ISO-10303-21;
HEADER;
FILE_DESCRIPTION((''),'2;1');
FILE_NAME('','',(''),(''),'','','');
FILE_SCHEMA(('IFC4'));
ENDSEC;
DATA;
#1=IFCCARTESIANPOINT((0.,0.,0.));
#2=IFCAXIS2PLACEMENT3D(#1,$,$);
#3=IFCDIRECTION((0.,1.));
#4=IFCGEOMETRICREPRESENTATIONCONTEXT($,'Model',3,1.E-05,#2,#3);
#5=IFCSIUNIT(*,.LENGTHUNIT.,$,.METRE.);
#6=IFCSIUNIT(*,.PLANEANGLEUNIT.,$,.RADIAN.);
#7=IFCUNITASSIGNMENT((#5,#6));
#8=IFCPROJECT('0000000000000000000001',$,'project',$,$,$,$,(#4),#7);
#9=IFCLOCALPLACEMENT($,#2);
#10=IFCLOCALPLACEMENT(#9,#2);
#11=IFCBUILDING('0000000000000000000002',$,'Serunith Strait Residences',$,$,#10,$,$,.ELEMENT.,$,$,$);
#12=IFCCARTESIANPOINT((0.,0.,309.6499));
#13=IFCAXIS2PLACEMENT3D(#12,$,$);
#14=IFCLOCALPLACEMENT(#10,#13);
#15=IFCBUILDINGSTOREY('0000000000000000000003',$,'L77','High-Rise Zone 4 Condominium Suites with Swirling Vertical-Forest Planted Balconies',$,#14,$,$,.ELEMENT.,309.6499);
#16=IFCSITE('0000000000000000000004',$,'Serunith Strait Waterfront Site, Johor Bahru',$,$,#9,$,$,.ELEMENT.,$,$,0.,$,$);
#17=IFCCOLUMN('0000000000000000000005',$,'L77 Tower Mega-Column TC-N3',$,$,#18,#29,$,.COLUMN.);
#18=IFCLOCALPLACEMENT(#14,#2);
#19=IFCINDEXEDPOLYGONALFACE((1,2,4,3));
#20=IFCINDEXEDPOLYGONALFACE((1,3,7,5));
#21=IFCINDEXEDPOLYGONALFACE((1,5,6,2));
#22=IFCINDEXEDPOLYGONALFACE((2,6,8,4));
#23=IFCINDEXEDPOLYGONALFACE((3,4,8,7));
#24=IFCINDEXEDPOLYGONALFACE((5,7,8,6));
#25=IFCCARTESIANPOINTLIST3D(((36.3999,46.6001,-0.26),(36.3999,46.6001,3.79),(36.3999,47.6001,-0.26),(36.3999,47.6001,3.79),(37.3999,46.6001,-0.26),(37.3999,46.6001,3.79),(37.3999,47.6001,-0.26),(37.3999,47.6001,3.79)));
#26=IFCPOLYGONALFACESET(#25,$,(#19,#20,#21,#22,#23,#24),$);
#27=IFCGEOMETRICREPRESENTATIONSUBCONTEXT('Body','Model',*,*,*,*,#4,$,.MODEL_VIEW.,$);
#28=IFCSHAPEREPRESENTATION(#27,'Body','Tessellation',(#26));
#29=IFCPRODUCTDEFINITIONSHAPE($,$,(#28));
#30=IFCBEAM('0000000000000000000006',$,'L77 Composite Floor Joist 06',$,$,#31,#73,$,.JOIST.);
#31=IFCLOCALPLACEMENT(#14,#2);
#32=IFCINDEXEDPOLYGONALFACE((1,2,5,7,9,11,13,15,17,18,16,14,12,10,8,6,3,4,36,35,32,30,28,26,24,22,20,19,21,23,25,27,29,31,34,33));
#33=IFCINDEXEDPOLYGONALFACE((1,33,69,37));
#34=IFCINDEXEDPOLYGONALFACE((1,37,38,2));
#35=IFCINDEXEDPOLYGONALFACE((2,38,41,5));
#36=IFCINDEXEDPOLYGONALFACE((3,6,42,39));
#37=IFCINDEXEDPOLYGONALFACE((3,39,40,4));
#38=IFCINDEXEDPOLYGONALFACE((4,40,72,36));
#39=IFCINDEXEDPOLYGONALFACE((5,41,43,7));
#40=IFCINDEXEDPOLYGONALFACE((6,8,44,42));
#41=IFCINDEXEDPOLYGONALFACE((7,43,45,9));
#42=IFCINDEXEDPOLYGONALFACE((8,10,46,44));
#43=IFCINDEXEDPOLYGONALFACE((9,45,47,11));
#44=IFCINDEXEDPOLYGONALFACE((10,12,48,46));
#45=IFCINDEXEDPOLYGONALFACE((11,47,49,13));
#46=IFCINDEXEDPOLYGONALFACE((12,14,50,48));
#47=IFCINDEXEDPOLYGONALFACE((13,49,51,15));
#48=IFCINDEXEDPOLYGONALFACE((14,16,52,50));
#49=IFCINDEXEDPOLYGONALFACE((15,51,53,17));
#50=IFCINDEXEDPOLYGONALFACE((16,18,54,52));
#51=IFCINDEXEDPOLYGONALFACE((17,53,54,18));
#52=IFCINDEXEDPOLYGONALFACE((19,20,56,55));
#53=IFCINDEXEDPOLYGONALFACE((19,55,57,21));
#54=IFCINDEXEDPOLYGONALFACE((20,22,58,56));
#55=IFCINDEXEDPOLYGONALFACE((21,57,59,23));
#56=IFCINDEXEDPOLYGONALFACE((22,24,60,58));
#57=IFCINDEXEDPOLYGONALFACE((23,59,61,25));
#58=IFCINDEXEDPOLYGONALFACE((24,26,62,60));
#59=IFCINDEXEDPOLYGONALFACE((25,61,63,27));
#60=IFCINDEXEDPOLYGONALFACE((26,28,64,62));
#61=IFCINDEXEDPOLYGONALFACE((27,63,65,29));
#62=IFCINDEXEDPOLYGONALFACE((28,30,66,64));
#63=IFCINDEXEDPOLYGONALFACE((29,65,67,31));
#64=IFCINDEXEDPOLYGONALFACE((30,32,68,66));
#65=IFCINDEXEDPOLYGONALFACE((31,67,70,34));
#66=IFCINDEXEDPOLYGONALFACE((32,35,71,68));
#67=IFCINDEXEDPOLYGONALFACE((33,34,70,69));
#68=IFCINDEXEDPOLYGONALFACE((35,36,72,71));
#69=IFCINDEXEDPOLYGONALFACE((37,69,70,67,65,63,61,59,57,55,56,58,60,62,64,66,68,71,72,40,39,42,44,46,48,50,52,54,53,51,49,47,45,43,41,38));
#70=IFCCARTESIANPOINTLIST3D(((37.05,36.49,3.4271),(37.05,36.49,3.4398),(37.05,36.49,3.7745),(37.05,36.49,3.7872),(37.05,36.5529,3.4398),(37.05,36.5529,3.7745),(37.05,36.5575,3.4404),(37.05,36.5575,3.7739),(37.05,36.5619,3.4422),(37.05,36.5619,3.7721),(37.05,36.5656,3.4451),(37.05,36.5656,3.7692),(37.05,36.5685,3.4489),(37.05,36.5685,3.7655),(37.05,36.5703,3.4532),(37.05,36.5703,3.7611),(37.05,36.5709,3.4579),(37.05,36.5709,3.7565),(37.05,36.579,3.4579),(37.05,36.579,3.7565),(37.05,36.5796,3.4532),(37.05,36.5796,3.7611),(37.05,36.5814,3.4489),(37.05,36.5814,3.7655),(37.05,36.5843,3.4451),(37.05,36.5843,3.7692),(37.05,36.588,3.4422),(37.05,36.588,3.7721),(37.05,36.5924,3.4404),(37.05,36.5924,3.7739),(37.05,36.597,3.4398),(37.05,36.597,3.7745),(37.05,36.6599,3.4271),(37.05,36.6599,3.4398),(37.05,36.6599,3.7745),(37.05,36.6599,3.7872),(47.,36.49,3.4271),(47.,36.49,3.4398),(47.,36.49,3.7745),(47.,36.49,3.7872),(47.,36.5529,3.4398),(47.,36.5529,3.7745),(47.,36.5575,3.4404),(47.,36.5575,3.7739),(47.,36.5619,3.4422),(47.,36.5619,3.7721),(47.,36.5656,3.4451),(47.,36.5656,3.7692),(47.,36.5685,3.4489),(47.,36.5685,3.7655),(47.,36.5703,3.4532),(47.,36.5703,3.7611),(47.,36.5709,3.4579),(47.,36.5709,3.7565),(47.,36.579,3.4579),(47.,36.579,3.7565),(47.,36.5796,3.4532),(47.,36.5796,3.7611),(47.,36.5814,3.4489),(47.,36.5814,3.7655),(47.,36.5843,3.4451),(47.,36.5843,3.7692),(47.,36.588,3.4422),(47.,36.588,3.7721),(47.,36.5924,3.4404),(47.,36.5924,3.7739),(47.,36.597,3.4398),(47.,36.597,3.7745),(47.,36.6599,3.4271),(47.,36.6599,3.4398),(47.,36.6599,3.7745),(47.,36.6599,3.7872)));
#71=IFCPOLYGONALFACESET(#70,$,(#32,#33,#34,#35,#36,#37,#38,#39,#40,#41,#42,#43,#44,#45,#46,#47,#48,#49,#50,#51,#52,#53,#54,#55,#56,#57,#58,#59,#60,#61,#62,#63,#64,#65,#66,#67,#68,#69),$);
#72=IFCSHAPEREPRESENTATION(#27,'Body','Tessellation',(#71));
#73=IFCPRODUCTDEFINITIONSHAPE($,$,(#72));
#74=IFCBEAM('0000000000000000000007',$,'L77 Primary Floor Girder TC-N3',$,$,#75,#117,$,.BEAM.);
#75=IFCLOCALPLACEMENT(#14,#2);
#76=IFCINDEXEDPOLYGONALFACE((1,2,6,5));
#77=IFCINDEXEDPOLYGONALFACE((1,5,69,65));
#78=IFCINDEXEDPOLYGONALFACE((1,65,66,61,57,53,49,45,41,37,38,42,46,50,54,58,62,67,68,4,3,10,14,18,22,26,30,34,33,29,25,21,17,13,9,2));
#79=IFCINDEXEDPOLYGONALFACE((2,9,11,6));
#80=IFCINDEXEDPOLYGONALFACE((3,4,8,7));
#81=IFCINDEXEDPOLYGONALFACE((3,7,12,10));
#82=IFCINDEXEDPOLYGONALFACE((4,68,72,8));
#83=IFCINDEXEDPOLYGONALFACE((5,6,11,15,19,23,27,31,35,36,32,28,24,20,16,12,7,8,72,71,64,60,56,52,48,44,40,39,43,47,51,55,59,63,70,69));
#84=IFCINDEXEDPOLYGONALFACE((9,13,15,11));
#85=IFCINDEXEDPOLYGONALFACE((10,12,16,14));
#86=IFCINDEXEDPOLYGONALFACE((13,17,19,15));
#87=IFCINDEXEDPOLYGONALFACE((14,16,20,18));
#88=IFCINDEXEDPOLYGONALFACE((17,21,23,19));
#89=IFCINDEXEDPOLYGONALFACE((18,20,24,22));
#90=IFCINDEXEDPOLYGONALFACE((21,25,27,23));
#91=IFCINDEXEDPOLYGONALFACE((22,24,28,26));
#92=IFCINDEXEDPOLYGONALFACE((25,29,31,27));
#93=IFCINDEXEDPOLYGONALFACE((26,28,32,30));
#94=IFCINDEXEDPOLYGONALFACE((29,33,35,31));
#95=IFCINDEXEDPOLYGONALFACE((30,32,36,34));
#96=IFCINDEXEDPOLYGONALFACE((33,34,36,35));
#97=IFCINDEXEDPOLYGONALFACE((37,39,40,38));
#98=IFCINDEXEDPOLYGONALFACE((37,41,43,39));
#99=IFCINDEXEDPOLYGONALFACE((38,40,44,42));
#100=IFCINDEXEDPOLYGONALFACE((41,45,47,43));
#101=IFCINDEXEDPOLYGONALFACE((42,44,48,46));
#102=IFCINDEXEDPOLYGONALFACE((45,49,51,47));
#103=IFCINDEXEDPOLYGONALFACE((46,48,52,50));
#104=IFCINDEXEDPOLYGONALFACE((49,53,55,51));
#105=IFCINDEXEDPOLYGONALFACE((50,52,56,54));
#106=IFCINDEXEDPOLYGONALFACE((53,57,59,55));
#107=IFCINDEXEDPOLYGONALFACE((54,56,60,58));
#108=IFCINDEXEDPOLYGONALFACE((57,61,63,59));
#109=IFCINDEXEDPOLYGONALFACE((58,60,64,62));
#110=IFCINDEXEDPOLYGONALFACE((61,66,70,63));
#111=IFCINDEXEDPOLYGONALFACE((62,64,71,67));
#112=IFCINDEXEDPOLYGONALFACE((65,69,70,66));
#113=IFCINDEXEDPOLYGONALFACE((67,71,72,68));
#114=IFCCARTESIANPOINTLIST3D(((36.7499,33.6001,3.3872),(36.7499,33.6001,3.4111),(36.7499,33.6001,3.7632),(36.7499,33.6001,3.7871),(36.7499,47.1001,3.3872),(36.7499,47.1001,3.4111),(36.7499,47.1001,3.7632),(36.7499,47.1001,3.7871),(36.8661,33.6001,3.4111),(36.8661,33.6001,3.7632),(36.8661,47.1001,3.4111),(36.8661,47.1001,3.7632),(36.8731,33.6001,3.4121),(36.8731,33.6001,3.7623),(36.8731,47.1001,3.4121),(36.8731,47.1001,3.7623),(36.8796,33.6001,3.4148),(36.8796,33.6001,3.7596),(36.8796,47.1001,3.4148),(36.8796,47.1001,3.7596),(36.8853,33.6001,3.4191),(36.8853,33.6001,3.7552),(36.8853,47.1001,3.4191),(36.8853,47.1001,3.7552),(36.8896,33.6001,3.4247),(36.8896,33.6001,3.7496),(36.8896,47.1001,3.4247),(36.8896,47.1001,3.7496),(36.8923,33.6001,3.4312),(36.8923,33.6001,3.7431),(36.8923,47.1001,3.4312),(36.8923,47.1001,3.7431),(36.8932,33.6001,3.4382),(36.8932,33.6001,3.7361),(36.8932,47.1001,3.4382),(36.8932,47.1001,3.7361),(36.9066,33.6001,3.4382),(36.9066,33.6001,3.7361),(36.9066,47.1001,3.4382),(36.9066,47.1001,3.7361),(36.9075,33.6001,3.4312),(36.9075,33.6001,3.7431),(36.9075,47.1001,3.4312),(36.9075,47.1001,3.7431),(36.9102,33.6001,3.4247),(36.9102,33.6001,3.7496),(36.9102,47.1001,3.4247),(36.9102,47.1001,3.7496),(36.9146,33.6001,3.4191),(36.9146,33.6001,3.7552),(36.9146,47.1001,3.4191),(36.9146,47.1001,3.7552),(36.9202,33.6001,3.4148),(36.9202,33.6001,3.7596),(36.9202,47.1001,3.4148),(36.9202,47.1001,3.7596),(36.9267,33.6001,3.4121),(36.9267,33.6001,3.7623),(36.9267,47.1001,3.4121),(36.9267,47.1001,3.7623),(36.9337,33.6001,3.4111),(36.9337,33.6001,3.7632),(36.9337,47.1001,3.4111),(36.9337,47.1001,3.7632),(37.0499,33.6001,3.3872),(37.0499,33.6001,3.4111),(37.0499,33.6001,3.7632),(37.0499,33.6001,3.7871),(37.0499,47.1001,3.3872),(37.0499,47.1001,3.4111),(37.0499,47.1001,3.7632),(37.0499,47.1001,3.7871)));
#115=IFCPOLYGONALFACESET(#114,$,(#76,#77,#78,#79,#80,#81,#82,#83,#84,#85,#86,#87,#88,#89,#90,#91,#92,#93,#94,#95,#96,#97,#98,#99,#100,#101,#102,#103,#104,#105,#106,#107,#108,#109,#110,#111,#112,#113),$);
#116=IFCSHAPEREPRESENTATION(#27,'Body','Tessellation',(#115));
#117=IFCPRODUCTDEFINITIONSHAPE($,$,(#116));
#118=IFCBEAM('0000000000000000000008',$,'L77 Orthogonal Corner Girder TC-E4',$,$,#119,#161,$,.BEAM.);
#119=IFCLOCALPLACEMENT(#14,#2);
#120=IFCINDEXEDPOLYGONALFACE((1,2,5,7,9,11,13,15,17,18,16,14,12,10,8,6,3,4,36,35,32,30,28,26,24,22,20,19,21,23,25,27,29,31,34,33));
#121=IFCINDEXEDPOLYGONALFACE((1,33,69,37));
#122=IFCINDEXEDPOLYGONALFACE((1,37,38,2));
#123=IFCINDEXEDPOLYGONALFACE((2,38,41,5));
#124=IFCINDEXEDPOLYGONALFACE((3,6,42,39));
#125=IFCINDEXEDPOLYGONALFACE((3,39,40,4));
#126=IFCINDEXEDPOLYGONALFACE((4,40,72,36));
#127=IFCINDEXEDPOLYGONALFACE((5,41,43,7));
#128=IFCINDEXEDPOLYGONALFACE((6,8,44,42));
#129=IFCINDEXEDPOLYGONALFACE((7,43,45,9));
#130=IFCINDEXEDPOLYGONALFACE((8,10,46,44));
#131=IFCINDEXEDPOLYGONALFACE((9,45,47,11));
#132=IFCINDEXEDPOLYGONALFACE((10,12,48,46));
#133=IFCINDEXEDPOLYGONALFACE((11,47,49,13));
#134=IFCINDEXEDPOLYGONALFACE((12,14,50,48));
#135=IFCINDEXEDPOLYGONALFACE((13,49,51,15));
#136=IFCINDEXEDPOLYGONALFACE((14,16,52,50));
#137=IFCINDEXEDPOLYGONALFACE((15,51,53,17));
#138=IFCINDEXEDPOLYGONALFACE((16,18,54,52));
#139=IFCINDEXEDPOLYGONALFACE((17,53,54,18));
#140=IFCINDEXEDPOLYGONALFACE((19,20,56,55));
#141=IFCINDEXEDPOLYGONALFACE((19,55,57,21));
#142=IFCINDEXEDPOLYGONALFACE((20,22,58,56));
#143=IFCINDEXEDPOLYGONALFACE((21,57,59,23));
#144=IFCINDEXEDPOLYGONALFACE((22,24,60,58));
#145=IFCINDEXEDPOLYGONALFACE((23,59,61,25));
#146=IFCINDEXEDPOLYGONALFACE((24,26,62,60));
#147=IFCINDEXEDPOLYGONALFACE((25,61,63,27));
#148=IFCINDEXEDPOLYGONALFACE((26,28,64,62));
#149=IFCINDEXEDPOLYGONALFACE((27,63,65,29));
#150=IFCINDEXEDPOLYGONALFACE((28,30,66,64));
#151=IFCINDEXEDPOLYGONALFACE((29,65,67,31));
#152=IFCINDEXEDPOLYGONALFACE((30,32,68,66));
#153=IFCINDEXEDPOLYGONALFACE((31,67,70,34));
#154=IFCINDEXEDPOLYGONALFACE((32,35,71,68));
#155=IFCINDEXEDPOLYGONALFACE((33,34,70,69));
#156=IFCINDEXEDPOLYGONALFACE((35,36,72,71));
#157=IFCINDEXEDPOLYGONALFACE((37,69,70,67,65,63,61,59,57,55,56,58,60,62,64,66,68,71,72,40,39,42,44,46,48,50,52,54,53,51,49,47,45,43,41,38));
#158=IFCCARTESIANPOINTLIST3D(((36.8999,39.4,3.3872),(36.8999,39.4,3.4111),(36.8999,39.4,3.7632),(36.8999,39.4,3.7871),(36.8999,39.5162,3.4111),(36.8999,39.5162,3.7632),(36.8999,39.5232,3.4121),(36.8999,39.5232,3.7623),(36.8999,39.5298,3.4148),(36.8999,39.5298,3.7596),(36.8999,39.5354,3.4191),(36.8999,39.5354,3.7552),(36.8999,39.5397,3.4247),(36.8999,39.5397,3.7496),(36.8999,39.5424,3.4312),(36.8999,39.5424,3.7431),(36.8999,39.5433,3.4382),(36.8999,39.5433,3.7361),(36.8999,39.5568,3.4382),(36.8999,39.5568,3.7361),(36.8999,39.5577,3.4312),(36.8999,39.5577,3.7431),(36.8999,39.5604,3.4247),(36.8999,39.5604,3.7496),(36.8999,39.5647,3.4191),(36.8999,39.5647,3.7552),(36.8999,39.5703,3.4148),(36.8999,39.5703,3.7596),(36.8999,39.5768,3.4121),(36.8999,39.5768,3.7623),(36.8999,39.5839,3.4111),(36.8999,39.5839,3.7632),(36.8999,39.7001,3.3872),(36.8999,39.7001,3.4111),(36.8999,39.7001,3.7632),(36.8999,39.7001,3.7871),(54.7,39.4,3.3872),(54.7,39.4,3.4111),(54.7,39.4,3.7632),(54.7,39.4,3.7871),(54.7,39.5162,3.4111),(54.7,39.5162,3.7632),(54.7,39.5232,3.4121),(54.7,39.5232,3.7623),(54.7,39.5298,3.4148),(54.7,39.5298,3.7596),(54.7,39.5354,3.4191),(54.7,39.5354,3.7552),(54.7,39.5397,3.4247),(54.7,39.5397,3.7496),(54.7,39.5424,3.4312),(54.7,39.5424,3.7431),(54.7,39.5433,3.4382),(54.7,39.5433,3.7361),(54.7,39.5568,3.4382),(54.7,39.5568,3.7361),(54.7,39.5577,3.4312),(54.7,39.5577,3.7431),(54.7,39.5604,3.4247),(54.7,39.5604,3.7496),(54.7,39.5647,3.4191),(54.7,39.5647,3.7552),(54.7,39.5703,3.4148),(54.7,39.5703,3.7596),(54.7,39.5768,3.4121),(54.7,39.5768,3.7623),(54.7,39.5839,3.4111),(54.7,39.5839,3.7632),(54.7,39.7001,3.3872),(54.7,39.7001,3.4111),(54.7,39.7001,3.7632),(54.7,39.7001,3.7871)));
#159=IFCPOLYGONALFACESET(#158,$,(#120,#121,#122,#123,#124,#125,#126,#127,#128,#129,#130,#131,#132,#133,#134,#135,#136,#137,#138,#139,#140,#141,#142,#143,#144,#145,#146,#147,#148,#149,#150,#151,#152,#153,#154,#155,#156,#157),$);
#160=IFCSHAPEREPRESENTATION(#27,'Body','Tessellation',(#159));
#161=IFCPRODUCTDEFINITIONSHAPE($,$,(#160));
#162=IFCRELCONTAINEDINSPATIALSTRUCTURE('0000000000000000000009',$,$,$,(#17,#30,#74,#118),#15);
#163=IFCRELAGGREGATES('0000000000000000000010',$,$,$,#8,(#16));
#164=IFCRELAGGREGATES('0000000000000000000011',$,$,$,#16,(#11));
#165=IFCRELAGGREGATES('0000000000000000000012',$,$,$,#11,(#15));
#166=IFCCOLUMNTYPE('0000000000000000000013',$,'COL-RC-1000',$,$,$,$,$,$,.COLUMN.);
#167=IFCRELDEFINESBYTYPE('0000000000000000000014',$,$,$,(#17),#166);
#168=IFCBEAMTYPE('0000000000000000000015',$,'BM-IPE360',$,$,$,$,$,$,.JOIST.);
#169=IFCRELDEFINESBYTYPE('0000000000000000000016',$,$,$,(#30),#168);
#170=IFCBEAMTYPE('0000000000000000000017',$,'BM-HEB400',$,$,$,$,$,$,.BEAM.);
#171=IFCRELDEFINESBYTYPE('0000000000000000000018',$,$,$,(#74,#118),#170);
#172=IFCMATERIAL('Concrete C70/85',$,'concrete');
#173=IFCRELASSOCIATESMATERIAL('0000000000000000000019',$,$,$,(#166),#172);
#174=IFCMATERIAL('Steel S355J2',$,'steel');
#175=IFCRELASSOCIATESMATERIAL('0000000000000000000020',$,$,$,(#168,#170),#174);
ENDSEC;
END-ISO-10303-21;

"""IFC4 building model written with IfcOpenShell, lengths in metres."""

from ifc_helpers import new_model, si_unit, direction, frame, origin, origin_2d, place, context, subcontext, project, spatial, rectangle, i_section, extrude, source, transform, mapped, material, material_profile, profile_set, type_object, element, save


model = new_model("IFC4")

# Units and contexts
model_context = context("Model", 3, precision=1e-05, world=origin(), true_north=direction((0.0, 1.0)))
body_context = subcontext(model_context, "Body", "Model", "MODEL_VIEW")
ifc_project = project(units=[si_unit("LENGTHUNIT", "METRE"), si_unit("PLANEANGLEUNIT", "RADIAN")], contexts=[model_context])

# Site, building, storey
site_placement = place(None, origin())
site = spatial("IfcSite", under=ifc_project, at=site_placement, Name="Serunith Strait Waterfront Site, Johor Bahru", CompositionType="ELEMENT", RefElevation=0.0)
building_placement = place(site_placement, origin())
building = spatial("IfcBuilding", under=site, at=building_placement, Name="Serunith Strait Residences", CompositionType="ELEMENT")
storey_placement = place(building_placement, frame((0.0, 0.0, 309.6499)))
storey = spatial("IfcBuildingStorey", under=building, at=storey_placement, Name="L77", Description="High-Rise Zone 4 Condominium Suites with Swirling Vertical-Forest Planted Balconies", CompositionType="ELEMENT", Elevation=309.6499)

# Column
ifc_material_1 = material(Name="Concrete C70/85", Category="concrete")
ifc_material_profile_1 = material_profile(ifc_material_1, rectangle(XDim=1.0, YDim=1.0, at=origin_2d()), Name="RC 1000x1000")
ifc_profile_set_1 = profile_set([ifc_material_profile_1], Name="Concrete C70/85")
column_type = type_object("IfcColumnType", Name="COL-RC-1000", PredefinedType="COLUMN", material=ifc_profile_set_1)
shared_shape_1 = source(origin(), body_context, "Body", "SweptSolid", [
    extrude(rectangle(XDim=1.0, YDim=1.0, at=origin_2d()), origin(), (0.0, 0.0, 1.0), 4.05),
])
column_placement = place(storey_placement, frame((36.8999, 47.1001, -0.26), z_axis=(0.0, 0.0, 1.0), x_axis=(1.0, 0.0, 0.0)))
element("IfcColumn", 1, at=column_placement, inside=storey, type_object=column_type, Name="L77 Tower Mega-Column TC-N3", PredefinedType="COLUMN", context=body_context, shape_type="MappedRepresentation", body=[
    mapped(shared_shape_1, transform((0.0, 0.0, 0.0), scale=1.0)),
])

# Beams
ifc_material_2 = material(Name="Steel S355J2", Category="steel")
ifc_material_profile_2 = material_profile(ifc_material_2, i_section(OverallWidth=0.1699, OverallDepth=0.3601, WebThickness=0.0081, FlangeThickness=0.0127, FilletRadius=0.0181, at=origin_2d()), Name="IPE 360")
ifc_profile_set_2 = profile_set([ifc_material_profile_2], Name="Steel S355J2")
beam_type_1 = type_object("IfcBeamType", Name="BM-IPE360", PredefinedType="JOIST", material=ifc_profile_set_2)
shared_shape_2 = source(origin(), body_context, "Body", "SweptSolid", [
    extrude(i_section(OverallWidth=0.1699, OverallDepth=0.3601, WebThickness=0.0081, FlangeThickness=0.0127, FilletRadius=0.0181, at=origin_2d()), origin(), (0.0, 0.0, 1.0), 9.95),
])
beam_1_placement = place(storey_placement, frame((37.05, 36.575, 3.6072), z_axis=(1.0, 0.0, 0.0), x_axis=(0.0, 1.0, 0.0)))
element("IfcBeam", 2, at=beam_1_placement, inside=storey, type_object=beam_type_1, Name="L77 Composite Floor Joist 06", PredefinedType="JOIST", context=body_context, shape_type="MappedRepresentation", body=[
    mapped(shared_shape_2, transform((0.0, 0.0, 0.0), scale=1.0)),
])
ifc_material_profile_3 = material_profile(ifc_material_2, i_section(OverallWidth=0.3, OverallDepth=0.3999, WebThickness=0.0134, FlangeThickness=0.0239, FilletRadius=0.0271, at=origin_2d()), Name="HEB 400")
ifc_profile_set_3 = profile_set([ifc_material_profile_3], Name="Steel S355J2")
beam_type_2 = type_object("IfcBeamType", Name="BM-HEB400", PredefinedType="BEAM", material=ifc_profile_set_3)
shared_shape_3 = source(origin(), body_context, "Body", "SweptSolid", [
    extrude(i_section(OverallWidth=0.3, OverallDepth=0.3999, WebThickness=0.0134, FlangeThickness=0.0239, FilletRadius=0.0271, at=origin_2d()), origin(), (0.0, 0.0, 1.0), 13.5),
])
beam_2_placement = place(storey_placement, frame((36.8999, 33.6001, 3.5872), z_axis=(0.0, 1.0, 0.0), x_axis=(-1.0, 0.0, 0.0)))
element("IfcBeam", 3, at=beam_2_placement, inside=storey, type_object=beam_type_2, Name="L77 Primary Floor Girder TC-N3", PredefinedType="BEAM", context=body_context, shape_type="MappedRepresentation", body=[
    mapped(shared_shape_3, transform((0.0, 0.0, 0.0), scale=1.0)),
])
shared_shape_4 = source(origin(), body_context, "Body", "SweptSolid", [
    extrude(i_section(OverallWidth=0.3, OverallDepth=0.3999, WebThickness=0.0134, FlangeThickness=0.0239, FilletRadius=0.0271, at=origin_2d()), origin(), (0.0, 0.0, 1.0), 17.8),
])
beam_3_placement = place(storey_placement, frame((36.8999, 39.55, 3.5872), z_axis=(1.0, 0.0, 0.0), x_axis=(0.0, 1.0, 0.0)))
element("IfcBeam", 4, at=beam_3_placement, inside=storey, type_object=beam_type_2, Name="L77 Orthogonal Corner Girder TC-E4", PredefinedType="BEAM", context=body_context, shape_type="MappedRepresentation", body=[
    mapped(shared_shape_4, transform((0.0, 0.0, 0.0), scale=1.0)),
])

save(model, "model.ifc")
